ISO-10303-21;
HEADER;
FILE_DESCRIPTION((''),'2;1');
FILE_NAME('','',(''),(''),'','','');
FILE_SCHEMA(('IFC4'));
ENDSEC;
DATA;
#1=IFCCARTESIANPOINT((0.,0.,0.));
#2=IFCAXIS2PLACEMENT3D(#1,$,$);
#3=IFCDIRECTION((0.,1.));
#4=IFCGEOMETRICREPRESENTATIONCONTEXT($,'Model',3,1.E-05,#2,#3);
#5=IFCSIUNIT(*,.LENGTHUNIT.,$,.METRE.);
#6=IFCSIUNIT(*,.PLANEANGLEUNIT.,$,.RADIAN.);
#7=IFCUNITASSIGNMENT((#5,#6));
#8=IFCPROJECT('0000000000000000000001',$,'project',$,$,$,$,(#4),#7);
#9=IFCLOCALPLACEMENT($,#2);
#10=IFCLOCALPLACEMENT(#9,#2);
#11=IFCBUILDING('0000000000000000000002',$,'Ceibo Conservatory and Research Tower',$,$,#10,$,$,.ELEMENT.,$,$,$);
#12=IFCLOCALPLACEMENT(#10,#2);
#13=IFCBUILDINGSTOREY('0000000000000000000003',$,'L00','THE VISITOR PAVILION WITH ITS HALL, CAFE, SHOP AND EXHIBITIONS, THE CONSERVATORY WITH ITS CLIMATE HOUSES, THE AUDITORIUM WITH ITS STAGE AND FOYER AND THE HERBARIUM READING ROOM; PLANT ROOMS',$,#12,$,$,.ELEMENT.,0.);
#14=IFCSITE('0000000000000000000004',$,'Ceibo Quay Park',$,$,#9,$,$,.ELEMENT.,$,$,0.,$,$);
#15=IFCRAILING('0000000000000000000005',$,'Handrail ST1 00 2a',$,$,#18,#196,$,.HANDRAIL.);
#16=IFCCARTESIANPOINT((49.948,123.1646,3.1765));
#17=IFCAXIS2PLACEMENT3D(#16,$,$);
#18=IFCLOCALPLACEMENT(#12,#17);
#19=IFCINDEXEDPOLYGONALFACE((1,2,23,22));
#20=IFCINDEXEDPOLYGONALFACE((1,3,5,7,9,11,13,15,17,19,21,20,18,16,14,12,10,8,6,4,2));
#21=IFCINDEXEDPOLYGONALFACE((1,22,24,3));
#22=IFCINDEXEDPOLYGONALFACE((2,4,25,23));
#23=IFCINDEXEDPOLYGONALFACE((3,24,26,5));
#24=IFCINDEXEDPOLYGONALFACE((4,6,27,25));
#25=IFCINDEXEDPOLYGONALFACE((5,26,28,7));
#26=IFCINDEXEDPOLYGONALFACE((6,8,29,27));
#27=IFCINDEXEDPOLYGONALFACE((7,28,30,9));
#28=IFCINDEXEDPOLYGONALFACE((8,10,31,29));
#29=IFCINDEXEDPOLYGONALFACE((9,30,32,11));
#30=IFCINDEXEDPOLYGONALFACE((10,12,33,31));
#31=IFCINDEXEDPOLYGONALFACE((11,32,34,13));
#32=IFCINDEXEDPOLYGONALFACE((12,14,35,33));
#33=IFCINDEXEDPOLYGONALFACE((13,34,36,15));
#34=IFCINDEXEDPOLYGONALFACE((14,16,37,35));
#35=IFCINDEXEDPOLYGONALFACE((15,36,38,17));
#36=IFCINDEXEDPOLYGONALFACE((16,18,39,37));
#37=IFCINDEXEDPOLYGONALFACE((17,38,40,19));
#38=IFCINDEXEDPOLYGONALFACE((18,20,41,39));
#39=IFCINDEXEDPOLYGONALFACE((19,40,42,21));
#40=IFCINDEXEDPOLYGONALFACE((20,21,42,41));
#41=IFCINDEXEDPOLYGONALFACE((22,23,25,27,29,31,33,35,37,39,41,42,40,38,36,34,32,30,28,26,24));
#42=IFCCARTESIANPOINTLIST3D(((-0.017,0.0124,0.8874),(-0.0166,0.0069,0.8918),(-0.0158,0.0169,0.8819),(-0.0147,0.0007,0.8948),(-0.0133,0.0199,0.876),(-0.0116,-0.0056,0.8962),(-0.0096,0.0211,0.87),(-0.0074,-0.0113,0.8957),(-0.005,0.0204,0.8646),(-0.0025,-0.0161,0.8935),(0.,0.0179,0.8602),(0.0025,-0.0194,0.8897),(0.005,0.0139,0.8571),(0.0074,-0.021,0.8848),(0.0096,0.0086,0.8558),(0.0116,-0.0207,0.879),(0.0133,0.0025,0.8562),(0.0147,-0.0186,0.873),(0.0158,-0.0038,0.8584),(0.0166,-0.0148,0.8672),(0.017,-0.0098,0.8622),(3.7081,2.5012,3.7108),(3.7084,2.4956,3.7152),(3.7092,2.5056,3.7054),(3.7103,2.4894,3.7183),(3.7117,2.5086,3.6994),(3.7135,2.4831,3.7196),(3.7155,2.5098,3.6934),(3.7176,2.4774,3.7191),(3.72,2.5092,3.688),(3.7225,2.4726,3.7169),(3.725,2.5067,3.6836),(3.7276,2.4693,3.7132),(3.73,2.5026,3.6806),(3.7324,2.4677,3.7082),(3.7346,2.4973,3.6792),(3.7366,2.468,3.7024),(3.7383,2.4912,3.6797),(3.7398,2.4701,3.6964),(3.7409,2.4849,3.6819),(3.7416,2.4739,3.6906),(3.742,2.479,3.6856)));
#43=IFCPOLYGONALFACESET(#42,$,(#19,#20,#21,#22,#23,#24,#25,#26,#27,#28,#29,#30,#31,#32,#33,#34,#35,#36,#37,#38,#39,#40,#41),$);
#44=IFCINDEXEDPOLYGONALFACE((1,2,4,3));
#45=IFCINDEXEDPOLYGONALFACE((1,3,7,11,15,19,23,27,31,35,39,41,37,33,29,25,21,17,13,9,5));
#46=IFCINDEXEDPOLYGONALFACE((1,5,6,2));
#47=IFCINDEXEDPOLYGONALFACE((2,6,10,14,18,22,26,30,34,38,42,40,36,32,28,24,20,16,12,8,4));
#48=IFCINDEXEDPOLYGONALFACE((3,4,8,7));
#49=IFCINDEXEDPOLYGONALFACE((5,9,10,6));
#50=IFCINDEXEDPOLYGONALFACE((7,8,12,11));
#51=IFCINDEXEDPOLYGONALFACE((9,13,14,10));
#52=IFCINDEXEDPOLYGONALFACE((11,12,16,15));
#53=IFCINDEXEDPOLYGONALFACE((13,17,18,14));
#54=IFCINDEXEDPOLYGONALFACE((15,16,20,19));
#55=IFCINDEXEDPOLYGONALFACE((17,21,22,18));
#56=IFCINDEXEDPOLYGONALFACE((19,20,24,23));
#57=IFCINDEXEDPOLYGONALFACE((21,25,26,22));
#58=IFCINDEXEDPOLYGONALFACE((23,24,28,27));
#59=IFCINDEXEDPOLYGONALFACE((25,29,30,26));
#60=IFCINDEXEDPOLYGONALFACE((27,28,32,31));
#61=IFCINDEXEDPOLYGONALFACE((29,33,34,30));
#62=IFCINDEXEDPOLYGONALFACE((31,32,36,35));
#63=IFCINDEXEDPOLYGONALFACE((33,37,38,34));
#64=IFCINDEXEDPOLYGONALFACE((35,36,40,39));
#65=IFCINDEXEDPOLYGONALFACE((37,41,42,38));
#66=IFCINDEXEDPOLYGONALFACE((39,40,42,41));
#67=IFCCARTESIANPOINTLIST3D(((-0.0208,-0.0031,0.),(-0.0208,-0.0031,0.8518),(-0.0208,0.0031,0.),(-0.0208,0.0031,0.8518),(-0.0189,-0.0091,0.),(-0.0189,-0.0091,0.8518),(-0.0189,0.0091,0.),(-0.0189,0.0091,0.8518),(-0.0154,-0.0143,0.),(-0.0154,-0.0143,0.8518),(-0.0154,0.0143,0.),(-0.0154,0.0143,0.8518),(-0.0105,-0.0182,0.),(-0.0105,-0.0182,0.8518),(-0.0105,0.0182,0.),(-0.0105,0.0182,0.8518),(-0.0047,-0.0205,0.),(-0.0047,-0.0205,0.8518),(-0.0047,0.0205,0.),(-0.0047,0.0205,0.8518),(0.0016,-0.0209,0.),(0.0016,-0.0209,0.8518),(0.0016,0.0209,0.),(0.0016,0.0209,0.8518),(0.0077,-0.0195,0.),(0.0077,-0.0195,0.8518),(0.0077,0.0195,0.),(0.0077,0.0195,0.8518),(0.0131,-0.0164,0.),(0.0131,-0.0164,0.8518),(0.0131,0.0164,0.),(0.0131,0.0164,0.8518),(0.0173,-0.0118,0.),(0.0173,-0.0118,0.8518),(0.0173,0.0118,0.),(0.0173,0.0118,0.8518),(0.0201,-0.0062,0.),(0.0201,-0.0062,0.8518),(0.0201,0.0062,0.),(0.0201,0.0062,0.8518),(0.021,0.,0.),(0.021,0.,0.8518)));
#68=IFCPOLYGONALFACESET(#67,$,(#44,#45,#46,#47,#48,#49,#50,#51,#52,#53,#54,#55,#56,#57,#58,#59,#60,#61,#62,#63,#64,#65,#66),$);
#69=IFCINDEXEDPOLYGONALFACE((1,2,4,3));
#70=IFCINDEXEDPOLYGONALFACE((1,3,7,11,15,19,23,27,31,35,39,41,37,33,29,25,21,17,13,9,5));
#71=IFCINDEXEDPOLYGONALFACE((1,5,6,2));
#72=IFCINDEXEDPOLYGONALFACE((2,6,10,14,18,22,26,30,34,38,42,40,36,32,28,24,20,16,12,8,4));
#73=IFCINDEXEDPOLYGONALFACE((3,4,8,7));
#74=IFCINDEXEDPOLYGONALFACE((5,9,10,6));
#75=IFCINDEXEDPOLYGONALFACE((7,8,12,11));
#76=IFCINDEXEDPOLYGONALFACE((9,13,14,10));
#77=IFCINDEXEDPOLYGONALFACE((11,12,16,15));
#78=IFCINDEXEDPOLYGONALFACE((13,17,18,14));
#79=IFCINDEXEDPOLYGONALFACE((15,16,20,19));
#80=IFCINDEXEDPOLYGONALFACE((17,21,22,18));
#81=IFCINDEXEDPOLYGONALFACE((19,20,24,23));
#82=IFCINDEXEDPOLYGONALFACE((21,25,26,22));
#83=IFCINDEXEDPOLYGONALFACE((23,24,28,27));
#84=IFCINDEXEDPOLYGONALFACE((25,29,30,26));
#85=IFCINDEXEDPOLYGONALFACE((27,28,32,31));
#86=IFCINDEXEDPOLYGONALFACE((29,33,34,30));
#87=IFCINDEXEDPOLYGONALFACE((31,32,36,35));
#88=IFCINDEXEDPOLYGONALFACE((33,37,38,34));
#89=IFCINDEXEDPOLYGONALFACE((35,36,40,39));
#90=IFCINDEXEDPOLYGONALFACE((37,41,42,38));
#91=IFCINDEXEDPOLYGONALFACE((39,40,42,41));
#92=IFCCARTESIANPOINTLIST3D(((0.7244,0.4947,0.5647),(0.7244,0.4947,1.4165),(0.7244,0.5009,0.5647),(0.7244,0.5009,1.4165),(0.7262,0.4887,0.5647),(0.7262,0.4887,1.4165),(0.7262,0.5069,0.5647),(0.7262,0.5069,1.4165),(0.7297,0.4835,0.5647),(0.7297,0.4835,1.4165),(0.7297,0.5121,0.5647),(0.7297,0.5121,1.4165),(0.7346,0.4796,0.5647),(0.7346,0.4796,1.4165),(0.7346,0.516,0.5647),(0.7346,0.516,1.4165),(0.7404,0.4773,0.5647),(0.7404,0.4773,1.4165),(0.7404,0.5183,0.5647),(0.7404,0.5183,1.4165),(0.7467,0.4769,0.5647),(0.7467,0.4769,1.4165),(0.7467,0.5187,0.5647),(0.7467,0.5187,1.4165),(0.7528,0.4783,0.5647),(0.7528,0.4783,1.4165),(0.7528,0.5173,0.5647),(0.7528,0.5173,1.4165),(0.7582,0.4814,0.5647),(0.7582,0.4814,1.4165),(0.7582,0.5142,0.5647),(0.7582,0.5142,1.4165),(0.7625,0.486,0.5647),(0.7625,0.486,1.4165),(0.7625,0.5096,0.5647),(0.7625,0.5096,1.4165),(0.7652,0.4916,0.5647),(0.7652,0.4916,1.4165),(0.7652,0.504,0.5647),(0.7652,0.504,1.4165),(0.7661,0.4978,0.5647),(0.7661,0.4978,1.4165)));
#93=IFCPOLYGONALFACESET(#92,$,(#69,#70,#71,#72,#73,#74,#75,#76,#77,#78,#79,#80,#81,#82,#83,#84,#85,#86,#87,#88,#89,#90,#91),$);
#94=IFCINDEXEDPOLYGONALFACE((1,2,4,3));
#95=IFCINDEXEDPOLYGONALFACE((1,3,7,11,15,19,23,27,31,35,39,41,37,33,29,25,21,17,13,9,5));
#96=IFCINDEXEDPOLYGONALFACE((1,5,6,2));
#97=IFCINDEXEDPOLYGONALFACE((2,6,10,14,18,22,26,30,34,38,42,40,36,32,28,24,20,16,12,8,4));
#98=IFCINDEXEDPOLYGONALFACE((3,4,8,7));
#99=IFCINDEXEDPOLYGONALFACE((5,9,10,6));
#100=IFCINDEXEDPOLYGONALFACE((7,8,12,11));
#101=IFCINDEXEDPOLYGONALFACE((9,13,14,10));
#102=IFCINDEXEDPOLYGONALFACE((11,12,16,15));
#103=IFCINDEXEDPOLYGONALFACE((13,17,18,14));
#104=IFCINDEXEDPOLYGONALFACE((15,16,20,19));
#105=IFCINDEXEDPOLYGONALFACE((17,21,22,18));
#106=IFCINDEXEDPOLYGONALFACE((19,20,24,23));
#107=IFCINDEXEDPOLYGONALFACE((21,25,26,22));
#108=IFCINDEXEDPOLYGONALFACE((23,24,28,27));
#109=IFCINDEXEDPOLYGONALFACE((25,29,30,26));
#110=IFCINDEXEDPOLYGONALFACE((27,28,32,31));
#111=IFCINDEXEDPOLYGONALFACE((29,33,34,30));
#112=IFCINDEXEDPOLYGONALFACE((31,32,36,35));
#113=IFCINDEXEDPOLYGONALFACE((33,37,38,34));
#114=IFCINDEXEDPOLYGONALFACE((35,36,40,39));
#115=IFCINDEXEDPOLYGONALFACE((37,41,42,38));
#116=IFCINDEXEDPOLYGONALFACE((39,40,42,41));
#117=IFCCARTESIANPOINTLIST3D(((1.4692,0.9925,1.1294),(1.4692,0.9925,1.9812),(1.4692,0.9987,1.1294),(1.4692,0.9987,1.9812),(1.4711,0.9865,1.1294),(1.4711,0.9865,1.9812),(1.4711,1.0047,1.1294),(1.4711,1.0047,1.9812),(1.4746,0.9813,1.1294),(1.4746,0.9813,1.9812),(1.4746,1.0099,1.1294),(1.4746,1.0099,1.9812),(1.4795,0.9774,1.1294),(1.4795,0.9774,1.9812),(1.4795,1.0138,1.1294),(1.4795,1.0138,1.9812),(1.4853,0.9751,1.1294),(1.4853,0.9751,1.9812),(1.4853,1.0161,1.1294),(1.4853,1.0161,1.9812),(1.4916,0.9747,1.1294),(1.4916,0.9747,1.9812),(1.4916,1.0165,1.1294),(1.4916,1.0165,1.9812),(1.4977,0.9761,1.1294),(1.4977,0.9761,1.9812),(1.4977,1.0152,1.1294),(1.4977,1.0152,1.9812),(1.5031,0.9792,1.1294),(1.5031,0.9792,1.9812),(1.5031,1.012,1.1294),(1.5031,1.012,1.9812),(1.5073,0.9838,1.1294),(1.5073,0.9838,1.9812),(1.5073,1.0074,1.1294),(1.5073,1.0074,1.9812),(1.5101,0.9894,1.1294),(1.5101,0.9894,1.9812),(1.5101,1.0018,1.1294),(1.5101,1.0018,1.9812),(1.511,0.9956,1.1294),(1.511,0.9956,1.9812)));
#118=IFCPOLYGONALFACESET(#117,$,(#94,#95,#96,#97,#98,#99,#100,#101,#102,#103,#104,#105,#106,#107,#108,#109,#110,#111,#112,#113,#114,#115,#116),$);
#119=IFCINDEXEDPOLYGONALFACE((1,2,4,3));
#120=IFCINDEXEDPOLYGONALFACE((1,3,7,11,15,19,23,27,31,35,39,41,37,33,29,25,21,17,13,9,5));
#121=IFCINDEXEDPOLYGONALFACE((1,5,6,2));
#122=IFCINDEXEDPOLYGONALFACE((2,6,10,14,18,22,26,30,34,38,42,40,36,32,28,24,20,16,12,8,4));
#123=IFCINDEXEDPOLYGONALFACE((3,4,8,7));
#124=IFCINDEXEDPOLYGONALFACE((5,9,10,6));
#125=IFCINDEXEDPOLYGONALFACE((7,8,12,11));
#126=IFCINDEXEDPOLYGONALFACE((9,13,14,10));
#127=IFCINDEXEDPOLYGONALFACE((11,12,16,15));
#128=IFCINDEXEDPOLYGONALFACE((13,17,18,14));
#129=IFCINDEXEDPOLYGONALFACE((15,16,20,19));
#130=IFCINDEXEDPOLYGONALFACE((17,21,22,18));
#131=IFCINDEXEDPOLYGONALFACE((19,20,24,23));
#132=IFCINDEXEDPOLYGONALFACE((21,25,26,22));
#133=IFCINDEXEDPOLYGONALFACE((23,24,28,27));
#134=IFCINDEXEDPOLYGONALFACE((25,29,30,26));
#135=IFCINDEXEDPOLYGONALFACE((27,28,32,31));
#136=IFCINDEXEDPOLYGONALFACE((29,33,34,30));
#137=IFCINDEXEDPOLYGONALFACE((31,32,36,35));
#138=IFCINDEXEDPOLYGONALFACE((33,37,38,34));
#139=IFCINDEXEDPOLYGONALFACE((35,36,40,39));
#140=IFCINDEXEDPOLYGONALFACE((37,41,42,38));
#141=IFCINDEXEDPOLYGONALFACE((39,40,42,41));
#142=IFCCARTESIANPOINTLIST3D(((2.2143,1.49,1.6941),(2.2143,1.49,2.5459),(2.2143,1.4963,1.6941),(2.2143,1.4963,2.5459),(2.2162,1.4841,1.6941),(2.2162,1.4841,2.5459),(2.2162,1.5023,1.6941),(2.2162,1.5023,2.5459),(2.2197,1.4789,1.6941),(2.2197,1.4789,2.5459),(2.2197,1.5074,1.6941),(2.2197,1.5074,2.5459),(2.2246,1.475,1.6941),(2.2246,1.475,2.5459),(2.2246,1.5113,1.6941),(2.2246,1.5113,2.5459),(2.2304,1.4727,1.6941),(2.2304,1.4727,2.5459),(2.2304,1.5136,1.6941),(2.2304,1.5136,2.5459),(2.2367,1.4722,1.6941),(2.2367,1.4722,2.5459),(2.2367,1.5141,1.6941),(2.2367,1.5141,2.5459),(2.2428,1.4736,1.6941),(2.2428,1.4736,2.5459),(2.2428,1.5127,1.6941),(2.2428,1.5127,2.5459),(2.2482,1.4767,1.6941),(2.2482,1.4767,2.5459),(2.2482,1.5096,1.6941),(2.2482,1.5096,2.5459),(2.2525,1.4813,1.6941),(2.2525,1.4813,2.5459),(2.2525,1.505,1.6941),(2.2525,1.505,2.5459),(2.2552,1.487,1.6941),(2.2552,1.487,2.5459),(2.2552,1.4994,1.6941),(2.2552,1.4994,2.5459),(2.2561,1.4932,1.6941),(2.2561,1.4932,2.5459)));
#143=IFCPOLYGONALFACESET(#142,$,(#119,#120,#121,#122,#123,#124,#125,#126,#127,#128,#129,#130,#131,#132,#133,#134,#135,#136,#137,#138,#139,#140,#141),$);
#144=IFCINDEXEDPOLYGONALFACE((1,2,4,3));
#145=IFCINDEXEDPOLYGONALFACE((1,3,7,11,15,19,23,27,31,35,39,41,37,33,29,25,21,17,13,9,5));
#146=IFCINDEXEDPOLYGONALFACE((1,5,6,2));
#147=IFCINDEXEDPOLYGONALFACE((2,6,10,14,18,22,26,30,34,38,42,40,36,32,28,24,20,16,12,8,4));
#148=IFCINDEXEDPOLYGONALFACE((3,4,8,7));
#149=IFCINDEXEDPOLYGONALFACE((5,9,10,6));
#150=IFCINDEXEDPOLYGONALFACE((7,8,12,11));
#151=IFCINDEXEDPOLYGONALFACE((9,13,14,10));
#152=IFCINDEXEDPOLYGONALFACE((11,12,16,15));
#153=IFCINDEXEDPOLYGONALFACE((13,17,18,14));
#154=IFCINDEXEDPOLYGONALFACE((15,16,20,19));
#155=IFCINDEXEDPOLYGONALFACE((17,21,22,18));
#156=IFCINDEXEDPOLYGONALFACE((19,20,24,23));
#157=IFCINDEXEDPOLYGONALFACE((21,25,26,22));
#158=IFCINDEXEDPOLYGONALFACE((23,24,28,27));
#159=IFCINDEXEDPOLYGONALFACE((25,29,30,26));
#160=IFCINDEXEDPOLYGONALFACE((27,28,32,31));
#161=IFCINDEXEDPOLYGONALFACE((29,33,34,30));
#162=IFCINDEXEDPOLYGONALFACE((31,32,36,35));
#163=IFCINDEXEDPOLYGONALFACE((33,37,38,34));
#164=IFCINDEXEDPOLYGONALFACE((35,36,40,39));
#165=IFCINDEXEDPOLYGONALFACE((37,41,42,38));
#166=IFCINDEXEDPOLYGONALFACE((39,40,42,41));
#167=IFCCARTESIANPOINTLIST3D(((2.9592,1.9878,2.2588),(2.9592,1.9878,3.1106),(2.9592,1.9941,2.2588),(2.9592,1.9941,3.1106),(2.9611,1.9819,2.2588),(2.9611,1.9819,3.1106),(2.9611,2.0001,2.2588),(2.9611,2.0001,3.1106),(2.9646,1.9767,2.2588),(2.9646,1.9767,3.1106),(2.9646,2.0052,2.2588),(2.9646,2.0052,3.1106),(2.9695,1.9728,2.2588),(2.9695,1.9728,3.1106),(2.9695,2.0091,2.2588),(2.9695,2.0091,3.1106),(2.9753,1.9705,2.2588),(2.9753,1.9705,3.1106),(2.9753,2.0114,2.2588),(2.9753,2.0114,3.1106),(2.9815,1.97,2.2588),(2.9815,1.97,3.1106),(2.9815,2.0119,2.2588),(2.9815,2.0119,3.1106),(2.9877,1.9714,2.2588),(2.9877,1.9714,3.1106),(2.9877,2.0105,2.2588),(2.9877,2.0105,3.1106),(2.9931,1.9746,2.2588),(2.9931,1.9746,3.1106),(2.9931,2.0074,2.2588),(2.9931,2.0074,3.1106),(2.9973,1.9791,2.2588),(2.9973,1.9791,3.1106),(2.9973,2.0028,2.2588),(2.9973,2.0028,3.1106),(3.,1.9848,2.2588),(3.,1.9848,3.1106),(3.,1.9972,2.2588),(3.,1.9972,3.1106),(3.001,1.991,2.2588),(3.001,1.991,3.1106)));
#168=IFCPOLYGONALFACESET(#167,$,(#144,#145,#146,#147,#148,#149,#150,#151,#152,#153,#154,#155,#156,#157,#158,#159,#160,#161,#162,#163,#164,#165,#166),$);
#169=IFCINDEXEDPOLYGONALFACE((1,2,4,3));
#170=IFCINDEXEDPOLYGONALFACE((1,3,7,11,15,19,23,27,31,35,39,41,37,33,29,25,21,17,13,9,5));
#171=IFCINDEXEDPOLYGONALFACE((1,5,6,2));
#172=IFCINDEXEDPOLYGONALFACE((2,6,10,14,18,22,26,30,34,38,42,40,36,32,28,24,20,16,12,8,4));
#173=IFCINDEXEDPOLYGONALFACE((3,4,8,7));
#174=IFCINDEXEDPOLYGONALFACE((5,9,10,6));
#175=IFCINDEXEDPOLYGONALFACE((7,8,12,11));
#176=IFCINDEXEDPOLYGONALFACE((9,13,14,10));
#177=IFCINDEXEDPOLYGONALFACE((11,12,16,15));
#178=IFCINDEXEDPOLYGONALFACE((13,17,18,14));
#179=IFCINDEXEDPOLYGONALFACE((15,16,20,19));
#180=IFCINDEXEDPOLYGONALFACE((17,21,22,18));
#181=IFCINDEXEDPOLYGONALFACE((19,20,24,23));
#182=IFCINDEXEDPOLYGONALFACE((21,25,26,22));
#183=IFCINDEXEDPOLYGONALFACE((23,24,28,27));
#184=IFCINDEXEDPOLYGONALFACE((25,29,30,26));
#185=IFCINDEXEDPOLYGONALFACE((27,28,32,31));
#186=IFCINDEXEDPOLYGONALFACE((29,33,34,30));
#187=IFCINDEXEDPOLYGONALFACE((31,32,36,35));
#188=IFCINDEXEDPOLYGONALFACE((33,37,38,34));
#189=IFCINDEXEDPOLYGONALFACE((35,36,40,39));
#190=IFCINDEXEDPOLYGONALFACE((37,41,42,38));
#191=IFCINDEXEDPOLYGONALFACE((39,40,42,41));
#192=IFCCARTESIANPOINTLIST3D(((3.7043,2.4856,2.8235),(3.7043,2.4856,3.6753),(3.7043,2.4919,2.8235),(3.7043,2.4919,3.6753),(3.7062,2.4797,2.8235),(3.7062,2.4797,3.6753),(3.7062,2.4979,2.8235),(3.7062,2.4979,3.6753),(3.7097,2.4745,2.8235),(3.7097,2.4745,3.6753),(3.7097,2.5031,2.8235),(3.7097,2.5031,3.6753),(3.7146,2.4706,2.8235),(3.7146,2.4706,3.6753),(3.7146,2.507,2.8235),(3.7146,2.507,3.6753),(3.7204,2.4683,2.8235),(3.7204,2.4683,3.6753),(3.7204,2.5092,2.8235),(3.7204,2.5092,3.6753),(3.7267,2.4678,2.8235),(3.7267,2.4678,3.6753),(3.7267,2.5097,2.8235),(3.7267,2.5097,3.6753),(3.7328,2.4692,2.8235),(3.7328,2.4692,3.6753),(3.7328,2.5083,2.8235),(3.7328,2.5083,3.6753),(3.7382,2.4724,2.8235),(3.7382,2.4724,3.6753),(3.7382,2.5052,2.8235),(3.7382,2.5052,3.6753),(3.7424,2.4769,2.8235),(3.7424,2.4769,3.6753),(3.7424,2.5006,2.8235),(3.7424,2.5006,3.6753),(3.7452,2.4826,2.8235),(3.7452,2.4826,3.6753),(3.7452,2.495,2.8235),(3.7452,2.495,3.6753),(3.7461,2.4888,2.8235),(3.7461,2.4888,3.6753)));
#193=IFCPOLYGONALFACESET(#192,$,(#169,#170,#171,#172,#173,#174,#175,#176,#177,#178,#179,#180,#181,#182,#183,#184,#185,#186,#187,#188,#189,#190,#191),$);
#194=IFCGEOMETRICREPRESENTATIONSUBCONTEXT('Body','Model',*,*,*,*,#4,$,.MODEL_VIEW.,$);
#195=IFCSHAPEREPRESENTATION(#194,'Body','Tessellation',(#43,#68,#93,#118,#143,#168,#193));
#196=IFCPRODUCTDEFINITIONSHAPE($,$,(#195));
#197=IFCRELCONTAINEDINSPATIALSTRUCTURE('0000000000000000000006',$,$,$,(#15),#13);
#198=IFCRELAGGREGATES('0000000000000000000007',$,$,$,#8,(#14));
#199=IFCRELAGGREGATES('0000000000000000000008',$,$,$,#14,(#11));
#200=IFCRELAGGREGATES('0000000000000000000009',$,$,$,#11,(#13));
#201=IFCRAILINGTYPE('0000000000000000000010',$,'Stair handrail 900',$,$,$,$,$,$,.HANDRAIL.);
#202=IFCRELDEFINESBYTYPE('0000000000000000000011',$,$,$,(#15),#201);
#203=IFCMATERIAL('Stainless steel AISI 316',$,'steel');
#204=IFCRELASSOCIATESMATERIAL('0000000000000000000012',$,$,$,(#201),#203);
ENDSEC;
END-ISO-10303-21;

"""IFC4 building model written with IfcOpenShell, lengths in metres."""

from ifc_helpers import new_model, si_unit, direction, frame, origin, origin_2d, place, context, subcontext, project, spatial, circle, extrude, material, type_object, element, save


model = new_model("IFC4")

# Units and contexts
model_context = context("Model", 3, precision=1e-05, world=origin(), true_north=direction((0.0, 1.0)))
body_context = subcontext(model_context, "Body", "Model", "MODEL_VIEW")
ifc_project = project(units=[si_unit("LENGTHUNIT", "METRE"), si_unit("PLANEANGLEUNIT", "RADIAN")], contexts=[model_context])

# Site, building, storey
site_placement = place(None, origin())
site = spatial("IfcSite", under=ifc_project, at=site_placement, Name="Ceibo Quay Park", CompositionType="ELEMENT", RefElevation=0.0)
building_placement = place(site_placement, origin())
building = spatial("IfcBuilding", under=site, at=building_placement, Name="Ceibo Conservatory and Research Tower", CompositionType="ELEMENT")
storey_placement = place(building_placement, origin())
storey = spatial("IfcBuildingStorey", under=building, at=storey_placement, Name="L00", Description="THE VISITOR PAVILION WITH ITS HALL, CAFE, SHOP AND EXHIBITIONS, THE CONSERVATORY WITH ITS CLIMATE HOUSES, THE AUDITORIUM WITH ITS STAGE AND FOYER AND THE HERBARIUM READING ROOM; PLANT ROOMS", CompositionType="ELEMENT", Elevation=0.0)

# Shared definitions
ifc_material_1 = material(Name="Stainless steel AISI 316", Category="steel")

# Railing
railing_type = type_object("IfcRailingType", Name="Stair handrail 900", PredefinedType="HANDRAIL", material=ifc_material_1)
railing_1_placement = place(storey_placement, frame((49.948, 123.1646, 3.1765)))
element("IfcRailing", 1, at=railing_1_placement, inside=storey, type_object=railing_type, Name="Handrail ST1 00 2a", PredefinedType="HANDRAIL", context=body_context, shape_type="SweptSolid", body=[
    extrude(circle(Radius=0.0239, at=origin_2d()), frame((0.0, 0.0, 0.876), z_axis=(0.703445, 0.469978, 0.533185), x_axis=(-0.55553, 0.831497, 0.0)), (0.0, 0.0, 1.0), 5.2954),
    extrude(circle(Radius=0.021, at=origin_2d()), origin(), (0.0, 0.0, 1.0), 0.8518),
    extrude(circle(Radius=0.021, at=origin_2d()), frame((0.7451, 0.4978, 0.5647)), (0.0, 0.0, 1.0), 0.8518),
    extrude(circle(Radius=0.021, at=origin_2d()), frame((1.49, 0.9956, 1.1294)), (0.0, 0.0, 1.0), 0.8518),
    extrude(circle(Radius=0.021, at=origin_2d()), frame((2.2351, 1.4932, 1.6941)), (0.0, 0.0, 1.0), 0.8518),
    extrude(circle(Radius=0.021, at=origin_2d()), frame((2.98, 1.991, 2.2588)), (0.0, 0.0, 1.0), 0.8518),
    extrude(circle(Radius=0.021, at=origin_2d()), frame((3.7251, 2.4888, 2.8235)), (0.0, 0.0, 1.0), 0.8518),
])

save(model, "model.ifc")
